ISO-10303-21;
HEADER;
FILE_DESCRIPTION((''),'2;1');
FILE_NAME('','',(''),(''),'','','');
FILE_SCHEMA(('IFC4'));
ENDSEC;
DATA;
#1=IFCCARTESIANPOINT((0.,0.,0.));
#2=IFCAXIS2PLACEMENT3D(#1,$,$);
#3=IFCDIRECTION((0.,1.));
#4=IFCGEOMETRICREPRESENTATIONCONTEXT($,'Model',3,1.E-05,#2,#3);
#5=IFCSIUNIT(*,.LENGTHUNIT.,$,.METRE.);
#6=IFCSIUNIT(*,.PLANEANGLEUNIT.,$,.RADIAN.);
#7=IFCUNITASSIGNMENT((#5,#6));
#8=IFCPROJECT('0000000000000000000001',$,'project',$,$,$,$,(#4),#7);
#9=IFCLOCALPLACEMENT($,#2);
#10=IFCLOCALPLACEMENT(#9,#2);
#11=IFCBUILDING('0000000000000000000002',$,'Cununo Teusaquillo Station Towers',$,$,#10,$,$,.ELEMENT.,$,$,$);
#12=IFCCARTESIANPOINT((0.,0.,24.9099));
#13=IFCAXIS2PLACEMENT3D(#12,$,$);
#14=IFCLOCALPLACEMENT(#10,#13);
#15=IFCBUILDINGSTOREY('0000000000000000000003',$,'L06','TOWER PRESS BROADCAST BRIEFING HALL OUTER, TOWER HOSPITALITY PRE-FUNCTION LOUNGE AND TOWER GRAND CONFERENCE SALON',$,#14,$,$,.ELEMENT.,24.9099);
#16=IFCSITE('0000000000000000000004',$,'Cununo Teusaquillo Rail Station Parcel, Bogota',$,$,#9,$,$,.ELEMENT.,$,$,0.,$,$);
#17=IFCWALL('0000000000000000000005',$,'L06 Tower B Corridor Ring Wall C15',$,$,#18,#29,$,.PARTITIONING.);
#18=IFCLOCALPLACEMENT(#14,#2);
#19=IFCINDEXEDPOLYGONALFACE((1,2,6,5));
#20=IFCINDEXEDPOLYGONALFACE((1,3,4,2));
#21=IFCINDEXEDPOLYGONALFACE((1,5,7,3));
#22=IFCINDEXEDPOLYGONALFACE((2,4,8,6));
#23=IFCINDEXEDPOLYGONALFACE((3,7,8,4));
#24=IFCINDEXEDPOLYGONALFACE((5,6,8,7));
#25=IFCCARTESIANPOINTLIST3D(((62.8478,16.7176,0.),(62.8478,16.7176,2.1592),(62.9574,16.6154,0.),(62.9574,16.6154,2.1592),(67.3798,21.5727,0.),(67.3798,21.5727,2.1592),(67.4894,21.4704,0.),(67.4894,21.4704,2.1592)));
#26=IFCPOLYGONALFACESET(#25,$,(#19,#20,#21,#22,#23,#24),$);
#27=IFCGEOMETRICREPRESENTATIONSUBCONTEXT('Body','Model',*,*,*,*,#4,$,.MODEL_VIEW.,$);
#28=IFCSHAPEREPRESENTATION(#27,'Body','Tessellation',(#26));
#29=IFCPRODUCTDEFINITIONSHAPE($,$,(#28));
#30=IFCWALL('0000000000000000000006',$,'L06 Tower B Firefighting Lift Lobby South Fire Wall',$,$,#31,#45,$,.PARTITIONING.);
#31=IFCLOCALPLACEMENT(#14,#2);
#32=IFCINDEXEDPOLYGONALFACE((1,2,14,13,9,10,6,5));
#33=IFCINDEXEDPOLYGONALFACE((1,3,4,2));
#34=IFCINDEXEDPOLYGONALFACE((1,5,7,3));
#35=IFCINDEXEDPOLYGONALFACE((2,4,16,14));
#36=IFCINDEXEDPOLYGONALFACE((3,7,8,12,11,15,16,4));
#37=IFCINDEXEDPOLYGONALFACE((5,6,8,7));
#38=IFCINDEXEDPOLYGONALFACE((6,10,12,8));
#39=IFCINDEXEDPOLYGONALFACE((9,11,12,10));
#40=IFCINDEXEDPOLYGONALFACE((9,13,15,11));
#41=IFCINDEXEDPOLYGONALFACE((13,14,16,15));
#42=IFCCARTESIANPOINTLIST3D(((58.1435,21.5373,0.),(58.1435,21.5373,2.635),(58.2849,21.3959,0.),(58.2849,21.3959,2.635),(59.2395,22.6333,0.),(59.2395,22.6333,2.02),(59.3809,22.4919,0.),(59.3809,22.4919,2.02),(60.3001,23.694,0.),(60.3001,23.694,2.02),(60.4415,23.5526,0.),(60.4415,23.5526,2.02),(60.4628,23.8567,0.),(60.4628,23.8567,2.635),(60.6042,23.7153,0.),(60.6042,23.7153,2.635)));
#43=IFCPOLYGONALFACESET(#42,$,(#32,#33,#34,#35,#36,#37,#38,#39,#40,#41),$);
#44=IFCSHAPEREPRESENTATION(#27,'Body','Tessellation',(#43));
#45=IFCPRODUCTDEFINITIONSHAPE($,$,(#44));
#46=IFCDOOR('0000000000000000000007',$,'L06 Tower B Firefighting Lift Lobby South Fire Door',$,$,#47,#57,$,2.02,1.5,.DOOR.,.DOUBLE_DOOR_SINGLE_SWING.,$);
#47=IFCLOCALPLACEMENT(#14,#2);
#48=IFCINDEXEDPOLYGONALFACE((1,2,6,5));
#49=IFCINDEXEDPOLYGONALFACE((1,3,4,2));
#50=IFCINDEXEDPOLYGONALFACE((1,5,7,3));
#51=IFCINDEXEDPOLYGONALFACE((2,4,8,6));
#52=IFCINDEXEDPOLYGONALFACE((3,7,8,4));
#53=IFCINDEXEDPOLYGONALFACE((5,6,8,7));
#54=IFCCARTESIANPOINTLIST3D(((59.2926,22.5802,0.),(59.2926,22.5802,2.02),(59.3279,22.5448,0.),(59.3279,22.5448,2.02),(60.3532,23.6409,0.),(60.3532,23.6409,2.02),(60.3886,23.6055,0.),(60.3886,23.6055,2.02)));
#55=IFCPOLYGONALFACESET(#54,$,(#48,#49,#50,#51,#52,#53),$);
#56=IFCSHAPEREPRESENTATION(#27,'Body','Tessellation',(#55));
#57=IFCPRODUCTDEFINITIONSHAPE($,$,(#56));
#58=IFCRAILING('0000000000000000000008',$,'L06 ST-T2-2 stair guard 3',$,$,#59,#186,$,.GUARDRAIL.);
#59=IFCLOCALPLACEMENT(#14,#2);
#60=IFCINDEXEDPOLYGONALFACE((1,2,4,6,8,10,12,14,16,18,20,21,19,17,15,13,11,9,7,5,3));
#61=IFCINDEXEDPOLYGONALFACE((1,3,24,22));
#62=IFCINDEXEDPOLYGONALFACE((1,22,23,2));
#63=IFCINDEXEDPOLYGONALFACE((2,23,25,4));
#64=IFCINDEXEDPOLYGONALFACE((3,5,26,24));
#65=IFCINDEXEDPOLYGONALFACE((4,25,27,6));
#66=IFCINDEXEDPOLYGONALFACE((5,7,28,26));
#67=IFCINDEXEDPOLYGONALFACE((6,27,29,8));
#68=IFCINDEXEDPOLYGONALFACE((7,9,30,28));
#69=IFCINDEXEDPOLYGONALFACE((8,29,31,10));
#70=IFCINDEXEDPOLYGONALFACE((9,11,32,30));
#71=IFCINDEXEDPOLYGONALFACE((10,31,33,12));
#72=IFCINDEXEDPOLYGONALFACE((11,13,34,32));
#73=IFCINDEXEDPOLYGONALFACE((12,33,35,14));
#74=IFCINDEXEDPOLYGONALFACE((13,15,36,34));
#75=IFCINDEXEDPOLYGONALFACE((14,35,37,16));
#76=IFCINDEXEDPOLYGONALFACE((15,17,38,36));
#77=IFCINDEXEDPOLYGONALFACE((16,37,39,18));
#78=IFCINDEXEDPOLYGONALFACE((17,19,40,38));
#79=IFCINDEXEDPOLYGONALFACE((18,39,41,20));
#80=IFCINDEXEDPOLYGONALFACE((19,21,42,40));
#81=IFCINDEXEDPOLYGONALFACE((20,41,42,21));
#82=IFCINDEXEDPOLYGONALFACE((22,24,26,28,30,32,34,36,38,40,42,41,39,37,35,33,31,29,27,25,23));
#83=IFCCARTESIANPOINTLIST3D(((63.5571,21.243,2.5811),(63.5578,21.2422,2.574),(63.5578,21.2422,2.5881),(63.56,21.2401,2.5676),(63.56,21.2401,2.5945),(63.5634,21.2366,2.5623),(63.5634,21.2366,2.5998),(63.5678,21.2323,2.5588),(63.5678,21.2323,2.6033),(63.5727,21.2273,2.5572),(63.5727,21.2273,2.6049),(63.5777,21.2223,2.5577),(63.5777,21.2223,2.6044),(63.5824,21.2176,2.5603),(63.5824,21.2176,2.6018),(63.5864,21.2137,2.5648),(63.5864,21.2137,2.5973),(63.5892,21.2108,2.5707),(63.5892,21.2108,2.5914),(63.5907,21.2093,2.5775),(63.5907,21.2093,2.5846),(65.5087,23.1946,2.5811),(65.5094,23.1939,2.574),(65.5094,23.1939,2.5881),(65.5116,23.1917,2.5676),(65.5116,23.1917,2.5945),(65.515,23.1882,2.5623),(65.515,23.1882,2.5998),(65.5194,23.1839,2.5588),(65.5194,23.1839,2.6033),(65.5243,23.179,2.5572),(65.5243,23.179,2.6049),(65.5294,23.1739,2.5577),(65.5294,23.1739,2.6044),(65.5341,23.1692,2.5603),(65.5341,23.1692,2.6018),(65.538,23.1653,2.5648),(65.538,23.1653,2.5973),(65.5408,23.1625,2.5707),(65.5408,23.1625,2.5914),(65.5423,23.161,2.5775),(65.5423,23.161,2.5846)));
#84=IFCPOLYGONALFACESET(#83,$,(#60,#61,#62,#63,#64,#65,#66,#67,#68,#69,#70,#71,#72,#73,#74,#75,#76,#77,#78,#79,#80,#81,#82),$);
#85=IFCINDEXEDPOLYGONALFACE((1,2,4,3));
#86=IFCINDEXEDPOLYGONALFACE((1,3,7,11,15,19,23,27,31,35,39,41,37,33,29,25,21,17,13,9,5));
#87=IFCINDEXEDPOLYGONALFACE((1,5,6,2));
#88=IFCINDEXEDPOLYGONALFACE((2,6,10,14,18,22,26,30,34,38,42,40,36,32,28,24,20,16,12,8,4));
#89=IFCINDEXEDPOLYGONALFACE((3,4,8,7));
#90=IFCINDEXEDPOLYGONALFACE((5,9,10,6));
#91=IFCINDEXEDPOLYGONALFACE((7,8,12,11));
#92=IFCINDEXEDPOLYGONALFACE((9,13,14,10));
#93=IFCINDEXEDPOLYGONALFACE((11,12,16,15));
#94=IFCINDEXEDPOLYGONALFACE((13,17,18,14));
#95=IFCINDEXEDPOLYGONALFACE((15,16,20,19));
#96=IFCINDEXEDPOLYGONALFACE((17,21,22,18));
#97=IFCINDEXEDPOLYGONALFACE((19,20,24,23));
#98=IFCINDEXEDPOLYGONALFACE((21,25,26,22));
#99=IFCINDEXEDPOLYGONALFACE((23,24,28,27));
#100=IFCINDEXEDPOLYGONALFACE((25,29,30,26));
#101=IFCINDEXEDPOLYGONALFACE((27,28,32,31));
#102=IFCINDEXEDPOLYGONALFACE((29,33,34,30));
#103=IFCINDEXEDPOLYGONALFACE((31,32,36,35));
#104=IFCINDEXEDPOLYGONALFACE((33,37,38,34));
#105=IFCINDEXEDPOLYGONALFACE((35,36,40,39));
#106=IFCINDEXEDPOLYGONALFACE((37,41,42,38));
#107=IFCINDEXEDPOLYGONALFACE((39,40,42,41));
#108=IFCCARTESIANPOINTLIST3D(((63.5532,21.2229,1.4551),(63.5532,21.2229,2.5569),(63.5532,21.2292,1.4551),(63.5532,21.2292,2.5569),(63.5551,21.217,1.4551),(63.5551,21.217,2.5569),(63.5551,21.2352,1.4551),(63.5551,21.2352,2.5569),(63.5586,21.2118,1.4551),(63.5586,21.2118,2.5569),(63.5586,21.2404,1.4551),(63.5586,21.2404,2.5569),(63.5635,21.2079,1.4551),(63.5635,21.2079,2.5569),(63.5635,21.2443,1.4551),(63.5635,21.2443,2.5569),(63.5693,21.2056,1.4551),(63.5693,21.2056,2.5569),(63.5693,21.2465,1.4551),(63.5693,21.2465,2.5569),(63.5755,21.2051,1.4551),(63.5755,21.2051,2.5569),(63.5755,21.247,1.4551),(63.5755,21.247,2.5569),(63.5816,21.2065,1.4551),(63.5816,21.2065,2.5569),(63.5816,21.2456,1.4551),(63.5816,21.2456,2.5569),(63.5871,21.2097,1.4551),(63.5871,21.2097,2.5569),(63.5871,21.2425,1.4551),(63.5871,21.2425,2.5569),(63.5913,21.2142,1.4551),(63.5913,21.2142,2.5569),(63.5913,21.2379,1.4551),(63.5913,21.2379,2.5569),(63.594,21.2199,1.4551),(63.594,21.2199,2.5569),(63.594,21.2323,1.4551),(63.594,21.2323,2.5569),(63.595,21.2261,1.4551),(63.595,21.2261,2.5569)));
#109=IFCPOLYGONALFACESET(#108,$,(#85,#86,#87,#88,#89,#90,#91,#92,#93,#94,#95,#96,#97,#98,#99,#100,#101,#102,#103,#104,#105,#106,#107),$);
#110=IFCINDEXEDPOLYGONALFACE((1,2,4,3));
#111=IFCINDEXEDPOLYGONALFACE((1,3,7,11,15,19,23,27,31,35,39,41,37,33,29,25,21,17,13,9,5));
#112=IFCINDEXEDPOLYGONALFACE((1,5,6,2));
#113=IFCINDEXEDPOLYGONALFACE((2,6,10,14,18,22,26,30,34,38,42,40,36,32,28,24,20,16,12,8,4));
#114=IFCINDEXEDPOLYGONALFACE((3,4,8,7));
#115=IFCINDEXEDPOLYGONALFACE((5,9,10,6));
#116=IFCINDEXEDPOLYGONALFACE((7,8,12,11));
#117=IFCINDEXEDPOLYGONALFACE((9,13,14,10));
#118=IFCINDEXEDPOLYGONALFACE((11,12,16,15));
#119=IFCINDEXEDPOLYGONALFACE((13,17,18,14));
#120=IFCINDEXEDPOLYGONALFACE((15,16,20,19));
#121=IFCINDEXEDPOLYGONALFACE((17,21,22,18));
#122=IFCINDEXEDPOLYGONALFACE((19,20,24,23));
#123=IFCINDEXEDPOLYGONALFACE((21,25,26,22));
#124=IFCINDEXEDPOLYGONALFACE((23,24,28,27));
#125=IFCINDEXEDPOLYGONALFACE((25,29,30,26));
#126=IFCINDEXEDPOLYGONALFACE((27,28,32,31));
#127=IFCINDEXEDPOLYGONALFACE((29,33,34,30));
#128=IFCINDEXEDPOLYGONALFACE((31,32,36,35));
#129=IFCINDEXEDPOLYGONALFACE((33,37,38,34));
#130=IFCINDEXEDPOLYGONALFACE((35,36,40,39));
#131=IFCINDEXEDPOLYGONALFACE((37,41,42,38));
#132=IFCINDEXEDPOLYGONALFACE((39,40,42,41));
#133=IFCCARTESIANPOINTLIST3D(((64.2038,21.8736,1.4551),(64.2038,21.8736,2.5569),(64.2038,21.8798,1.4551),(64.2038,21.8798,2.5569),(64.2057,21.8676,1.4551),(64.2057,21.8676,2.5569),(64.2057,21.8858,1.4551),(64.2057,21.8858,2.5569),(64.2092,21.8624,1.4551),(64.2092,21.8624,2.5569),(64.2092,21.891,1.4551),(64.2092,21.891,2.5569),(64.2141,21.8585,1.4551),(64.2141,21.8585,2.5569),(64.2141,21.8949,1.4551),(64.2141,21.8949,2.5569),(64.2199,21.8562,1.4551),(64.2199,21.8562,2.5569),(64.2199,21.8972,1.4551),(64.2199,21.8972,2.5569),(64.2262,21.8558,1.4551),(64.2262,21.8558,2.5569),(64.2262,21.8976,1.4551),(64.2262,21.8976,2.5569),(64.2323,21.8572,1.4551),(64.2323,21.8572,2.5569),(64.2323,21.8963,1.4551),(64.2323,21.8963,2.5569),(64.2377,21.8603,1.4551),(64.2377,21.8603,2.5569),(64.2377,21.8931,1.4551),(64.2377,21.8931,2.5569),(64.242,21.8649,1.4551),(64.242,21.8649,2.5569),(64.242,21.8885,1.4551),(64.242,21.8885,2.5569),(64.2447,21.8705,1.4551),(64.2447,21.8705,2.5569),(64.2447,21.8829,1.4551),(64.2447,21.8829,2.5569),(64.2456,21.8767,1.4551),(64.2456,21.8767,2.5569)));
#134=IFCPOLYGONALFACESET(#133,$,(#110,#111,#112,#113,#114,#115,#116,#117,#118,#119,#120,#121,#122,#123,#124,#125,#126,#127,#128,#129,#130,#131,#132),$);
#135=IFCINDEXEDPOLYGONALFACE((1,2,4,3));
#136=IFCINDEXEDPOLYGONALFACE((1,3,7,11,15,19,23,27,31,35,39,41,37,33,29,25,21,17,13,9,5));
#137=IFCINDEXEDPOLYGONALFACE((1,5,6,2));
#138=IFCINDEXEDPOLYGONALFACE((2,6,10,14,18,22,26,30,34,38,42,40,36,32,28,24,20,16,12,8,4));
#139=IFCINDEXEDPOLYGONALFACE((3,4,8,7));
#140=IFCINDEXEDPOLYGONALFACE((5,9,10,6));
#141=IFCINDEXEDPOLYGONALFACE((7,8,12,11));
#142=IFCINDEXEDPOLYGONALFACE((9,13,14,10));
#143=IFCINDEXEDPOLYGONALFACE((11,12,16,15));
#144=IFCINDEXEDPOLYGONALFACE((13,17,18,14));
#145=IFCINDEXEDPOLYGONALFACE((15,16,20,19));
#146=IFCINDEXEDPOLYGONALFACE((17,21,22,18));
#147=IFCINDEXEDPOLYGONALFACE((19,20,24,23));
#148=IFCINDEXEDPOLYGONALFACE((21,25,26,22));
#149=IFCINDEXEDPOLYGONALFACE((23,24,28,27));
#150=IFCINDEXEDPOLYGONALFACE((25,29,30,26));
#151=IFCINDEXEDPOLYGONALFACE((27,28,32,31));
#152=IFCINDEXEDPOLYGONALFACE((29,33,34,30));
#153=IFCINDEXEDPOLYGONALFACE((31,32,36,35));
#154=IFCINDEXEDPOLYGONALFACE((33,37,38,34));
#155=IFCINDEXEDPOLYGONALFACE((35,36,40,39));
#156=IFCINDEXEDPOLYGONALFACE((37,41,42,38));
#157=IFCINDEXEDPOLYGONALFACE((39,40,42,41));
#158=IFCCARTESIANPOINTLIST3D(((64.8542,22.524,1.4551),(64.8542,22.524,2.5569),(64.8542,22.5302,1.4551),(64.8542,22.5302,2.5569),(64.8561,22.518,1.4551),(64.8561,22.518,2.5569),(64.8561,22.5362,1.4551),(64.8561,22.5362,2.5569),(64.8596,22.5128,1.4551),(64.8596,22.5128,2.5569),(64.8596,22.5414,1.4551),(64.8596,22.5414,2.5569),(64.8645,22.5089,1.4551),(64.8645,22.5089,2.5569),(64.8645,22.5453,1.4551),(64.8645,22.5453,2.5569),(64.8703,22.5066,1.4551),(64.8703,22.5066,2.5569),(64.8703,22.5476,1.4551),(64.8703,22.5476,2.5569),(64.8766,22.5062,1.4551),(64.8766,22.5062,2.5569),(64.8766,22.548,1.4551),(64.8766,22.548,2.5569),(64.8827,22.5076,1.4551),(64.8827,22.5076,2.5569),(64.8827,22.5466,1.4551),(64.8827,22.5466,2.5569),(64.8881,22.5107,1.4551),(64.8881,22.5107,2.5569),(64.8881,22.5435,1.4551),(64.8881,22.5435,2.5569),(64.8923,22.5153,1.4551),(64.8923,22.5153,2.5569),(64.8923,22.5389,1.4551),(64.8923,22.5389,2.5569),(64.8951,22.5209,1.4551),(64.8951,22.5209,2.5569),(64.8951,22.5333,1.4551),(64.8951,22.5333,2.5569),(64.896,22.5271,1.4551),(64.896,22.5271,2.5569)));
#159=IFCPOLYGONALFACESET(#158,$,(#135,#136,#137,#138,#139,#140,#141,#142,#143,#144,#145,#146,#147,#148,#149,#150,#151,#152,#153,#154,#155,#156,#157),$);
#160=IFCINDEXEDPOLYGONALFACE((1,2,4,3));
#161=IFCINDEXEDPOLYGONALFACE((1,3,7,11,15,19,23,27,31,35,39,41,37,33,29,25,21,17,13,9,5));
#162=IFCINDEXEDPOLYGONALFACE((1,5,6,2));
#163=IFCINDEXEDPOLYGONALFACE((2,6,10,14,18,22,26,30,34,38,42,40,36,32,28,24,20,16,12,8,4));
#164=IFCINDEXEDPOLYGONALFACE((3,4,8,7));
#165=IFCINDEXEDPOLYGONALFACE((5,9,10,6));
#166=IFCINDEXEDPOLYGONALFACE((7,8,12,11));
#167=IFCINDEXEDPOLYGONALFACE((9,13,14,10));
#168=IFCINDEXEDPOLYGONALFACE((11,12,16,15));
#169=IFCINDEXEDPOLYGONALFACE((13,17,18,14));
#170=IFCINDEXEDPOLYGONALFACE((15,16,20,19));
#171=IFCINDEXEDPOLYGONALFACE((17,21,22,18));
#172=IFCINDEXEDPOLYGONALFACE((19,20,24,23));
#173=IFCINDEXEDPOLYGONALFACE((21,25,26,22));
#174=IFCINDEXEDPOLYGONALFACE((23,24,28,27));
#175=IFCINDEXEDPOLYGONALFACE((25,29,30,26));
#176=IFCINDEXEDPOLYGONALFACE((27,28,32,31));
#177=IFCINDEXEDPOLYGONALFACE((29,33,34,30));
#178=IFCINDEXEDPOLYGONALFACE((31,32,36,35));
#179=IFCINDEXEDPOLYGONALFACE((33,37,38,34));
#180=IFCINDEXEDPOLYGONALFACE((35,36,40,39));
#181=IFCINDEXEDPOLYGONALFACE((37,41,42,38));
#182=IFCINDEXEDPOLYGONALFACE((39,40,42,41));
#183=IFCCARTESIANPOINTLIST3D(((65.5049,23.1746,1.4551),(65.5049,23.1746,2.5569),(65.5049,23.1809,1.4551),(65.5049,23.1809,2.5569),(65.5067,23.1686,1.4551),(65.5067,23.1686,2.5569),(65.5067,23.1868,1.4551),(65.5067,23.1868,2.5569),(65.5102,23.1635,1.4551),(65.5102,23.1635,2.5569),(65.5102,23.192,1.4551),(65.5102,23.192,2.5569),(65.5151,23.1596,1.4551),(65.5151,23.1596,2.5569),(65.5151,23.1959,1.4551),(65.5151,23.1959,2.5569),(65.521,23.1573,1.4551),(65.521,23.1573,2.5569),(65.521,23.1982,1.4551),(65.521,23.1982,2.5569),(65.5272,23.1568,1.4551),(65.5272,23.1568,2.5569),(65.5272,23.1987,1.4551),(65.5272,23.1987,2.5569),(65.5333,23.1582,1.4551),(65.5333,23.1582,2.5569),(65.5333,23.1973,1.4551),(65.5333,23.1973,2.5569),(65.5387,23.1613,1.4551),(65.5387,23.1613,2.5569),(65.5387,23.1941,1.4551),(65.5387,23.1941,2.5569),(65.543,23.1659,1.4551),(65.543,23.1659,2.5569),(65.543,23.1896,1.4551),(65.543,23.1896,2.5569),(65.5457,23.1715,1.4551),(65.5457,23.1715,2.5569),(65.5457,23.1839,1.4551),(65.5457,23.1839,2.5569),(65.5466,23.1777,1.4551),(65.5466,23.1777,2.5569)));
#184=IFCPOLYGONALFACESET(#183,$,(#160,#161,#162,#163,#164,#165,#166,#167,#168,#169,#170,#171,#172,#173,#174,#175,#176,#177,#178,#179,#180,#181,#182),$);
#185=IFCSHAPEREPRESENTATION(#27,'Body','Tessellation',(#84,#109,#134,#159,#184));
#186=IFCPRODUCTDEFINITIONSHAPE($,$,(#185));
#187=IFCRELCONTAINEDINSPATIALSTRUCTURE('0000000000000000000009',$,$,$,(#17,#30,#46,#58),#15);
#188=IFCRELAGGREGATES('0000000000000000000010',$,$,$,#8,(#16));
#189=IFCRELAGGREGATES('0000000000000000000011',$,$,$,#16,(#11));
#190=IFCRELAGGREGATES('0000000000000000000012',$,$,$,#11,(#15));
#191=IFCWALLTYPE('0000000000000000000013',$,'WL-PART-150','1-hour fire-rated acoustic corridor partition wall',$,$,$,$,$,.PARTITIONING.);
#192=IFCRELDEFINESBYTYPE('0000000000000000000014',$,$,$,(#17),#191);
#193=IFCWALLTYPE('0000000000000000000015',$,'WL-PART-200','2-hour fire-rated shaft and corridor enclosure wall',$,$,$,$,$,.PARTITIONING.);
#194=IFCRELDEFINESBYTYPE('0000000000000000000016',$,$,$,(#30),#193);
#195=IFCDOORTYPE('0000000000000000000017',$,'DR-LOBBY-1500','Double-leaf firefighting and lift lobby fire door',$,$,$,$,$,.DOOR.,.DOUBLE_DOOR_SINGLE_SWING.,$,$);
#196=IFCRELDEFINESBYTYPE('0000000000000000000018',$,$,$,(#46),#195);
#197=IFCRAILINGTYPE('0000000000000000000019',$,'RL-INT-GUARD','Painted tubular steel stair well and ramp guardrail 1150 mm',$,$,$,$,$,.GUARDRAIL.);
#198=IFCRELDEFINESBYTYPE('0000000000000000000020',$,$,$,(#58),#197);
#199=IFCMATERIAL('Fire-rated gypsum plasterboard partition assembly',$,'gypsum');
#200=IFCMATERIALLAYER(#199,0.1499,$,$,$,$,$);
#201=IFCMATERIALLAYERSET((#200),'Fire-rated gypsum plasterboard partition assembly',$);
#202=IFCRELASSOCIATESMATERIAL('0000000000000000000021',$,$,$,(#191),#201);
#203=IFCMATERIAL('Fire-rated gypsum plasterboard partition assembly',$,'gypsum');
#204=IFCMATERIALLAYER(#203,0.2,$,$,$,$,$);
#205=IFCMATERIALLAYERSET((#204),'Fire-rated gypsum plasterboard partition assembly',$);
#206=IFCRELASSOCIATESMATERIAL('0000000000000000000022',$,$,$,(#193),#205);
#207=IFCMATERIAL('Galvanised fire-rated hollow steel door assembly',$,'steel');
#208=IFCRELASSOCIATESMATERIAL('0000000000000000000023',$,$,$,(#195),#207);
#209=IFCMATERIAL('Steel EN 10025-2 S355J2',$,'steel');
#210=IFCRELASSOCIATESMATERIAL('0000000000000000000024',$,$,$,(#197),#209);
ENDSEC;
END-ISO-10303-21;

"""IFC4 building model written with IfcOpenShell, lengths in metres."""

from ifc_helpers import new_model, si_unit, direction, frame, frame_2d, origin, origin_2d, place, context, subcontext, project, spatial, rectangle, circle, extrude, source, transform, mapped, material, layer, layer_set, type_object, element, fill, save


model = new_model("IFC4")

# Units and contexts
model_context = context("Model", 3, precision=1e-05, world=origin(), true_north=direction((0.0, 1.0)))
body_context = subcontext(model_context, "Body", "Model", "MODEL_VIEW")
ifc_project = project(units=[si_unit("LENGTHUNIT", "METRE"), si_unit("PLANEANGLEUNIT", "RADIAN")], contexts=[model_context])

# Site, building, storey
site_placement = place(None, origin())
site = spatial("IfcSite", under=ifc_project, at=site_placement, Name="Cununo Teusaquillo Rail Station Parcel, Bogota", CompositionType="ELEMENT", RefElevation=0.0)
building_placement = place(site_placement, origin())
building = spatial("IfcBuilding", under=site, at=building_placement, Name="Cununo Teusaquillo Station Towers", CompositionType="ELEMENT")
storey_placement = place(building_placement, frame((0.0, 0.0, 24.9099)))
storey = spatial("IfcBuildingStorey", under=building, at=storey_placement, Name="L06", Description="TOWER PRESS BROADCAST BRIEFING HALL OUTER, TOWER HOSPITALITY PRE-FUNCTION LOUNGE AND TOWER GRAND CONFERENCE SALON", CompositionType="ELEMENT", Elevation=24.9099)

# Wall
ifc_material_1 = material(Name="Fire-rated gypsum plasterboard partition assembly", Category="gypsum")
ifc_layer_1 = layer(ifc_material_1, 0.1499)
ifc_layer_set_1 = layer_set([ifc_layer_1], Name="Fire-rated gypsum plasterboard partition assembly")
wall_type_1 = type_object("IfcWallType", Name="WL-PART-150", Description="1-hour fire-rated acoustic corridor partition wall", PredefinedType="PARTITIONING", material=ifc_layer_set_1)
wall_1_placement = place(storey_placement, frame((62.9026, 16.6665, 0.0), z_axis=(0.0, 0.0, 1.0), x_axis=(0.682372, 0.731005, 0.0)))
element("IfcWall", 1, at=wall_1_placement, inside=storey, type_object=wall_type_1, Name="L06 Tower B Corridor Ring Wall C15", PredefinedType="PARTITIONING", context=body_context, shape_type="SweptSolid", body=[
    extrude(rectangle(XDim=6.6416, YDim=0.1499, at=frame_2d((3.3208, 0.0))), origin(), (0.0, 0.0, 1.0), 2.1592),
])

# Wall, opening, door
ifc_material_2 = material(Name="Fire-rated gypsum plasterboard partition assembly", Category="gypsum")
ifc_layer_2 = layer(ifc_material_2, 0.2)
ifc_layer_set_2 = layer_set([ifc_layer_2], Name="Fire-rated gypsum plasterboard partition assembly")
wall_type_2 = type_object("IfcWallType", Name="WL-PART-200", Description="2-hour fire-rated shaft and corridor enclosure wall", PredefinedType="PARTITIONING", material=ifc_layer_set_2)
wall_2_placement = place(storey_placement, frame((58.2141, 21.4666, 0.0), z_axis=(0.0, 0.0, 1.0), x_axis=(0.707107, 0.707107, 0.0)))
wall_2 = element("IfcWall", 2, at=wall_2_placement, inside=storey, type_object=wall_type_2, Name="L06 Tower B Firefighting Lift Lobby South Fire Wall", PredefinedType="PARTITIONING", context=body_context, shape_type="SweptSolid", body=[
    extrude(rectangle(XDim=3.28, YDim=0.2, at=frame_2d((1.6401, 0.0))), origin(), (0.0, 0.0, 1.0), 2.635),
])
shared_shape_1 = source(origin(), body_context, "Body", "SweptSolid", [
    extrude(rectangle(XDim=1.5, YDim=2.02, at=frame_2d((0.75, 1.01))), frame((0.0, 0.1099, 0.0), z_axis=(0.0, -1.0, 0.0), x_axis=(1.0, 0.0, 0.0)), (0.0, 0.0, 1.0), 0.22),
])
opening_1_placement = place(wall_2_placement, frame((1.55, 0.0, 0.0)))
opening_1 = element("IfcOpeningElement", 3, at=opening_1_placement, cuts=wall_2, PredefinedType="OPENING", context=body_context, shape_type="MappedRepresentation", body=[
    mapped(shared_shape_1, transform((0.0, 0.0, 0.0), x_axis=(1.0, 0.0, 0.0), y_axis=(0.0, 1.0, 0.0), z_axis=(0.0, 0.0, 1.0), scale=1.0)),
])
ifc_material_3 = material(Name="Galvanised fire-rated hollow steel door assembly", Category="steel")
door_type_1 = type_object("IfcDoorType", Name="DR-LOBBY-1500", Description="Double-leaf firefighting and lift lobby fire door", OperationType="DOUBLE_DOOR_SINGLE_SWING", PredefinedType="DOOR", material=ifc_material_3)
shared_shape_2 = source(origin(), body_context, "Body", "SweptSolid", [
    extrude(rectangle(XDim=1.5, YDim=2.02, at=frame_2d((0.75, 1.01))), frame((0.0, 0.0249, 0.0), z_axis=(0.0, -1.0, 0.0), x_axis=(1.0, 0.0, 0.0)), (0.0, 0.0, 1.0), 0.05),
])
door_1_placement = place(opening_1_placement, origin())
door_1 = element("IfcDoor", 4, at=door_1_placement, inside=storey, type_object=door_type_1, Name="L06 Tower B Firefighting Lift Lobby South Fire Door", OperationType="DOUBLE_DOOR_SINGLE_SWING", OverallHeight=2.02, OverallWidth=1.5, PredefinedType="DOOR", context=body_context, shape_type="MappedRepresentation", body=[
    mapped(shared_shape_2, transform((0.0, 0.0, 0.0), x_axis=(1.0, 0.0, 0.0), y_axis=(0.0, 1.0, 0.0), z_axis=(0.0, 0.0, 1.0), scale=1.0)),
])
fill(opening_1, door_1)

# Railing
ifc_material_4 = material(Name="Steel EN 10025-2 S355J2", Category="steel")
railing_type = type_object("IfcRailingType", Name="RL-INT-GUARD", Description="Painted tubular steel stair well and ramp guardrail 1150 mm", PredefinedType="GUARDRAIL", material=ifc_material_4)
railing_1_placement = place(storey_placement, frame((63.574, 21.2261, 1.4551)))
element("IfcRailing", 5, at=railing_1_placement, inside=storey, type_object=railing_type, Name="L06 ST-T2-2 stair guard 3", PredefinedType="GUARDRAIL", context=body_context, shape_type="SweptSolid", body=[
    extrude(circle(Radius=0.0239, at=origin_2d()), frame((0.0, 0.0, 1.126), z_axis=(0.707107, 0.707107, 0.0), x_axis=(-0.707107, 0.707107, 0.0)), (0.0, 0.0, 1.0), 2.76),
    extrude(circle(Radius=0.021, at=origin_2d()), origin(), (0.0, 0.0, 1.0), 1.1018),
    extrude(circle(Radius=0.021, at=origin_2d()), frame((0.6506, 0.6506, 0.0)), (0.0, 0.0, 1.0), 1.1018),
    extrude(circle(Radius=0.021, at=origin_2d()), frame((1.301, 1.301, 0.0)), (0.0, 0.0, 1.0), 1.1018),
    extrude(circle(Radius=0.021, at=origin_2d()), frame((1.9517, 1.9517, 0.0)), (0.0, 0.0, 1.0), 1.1018),
])

save(model, "model.ifc")
